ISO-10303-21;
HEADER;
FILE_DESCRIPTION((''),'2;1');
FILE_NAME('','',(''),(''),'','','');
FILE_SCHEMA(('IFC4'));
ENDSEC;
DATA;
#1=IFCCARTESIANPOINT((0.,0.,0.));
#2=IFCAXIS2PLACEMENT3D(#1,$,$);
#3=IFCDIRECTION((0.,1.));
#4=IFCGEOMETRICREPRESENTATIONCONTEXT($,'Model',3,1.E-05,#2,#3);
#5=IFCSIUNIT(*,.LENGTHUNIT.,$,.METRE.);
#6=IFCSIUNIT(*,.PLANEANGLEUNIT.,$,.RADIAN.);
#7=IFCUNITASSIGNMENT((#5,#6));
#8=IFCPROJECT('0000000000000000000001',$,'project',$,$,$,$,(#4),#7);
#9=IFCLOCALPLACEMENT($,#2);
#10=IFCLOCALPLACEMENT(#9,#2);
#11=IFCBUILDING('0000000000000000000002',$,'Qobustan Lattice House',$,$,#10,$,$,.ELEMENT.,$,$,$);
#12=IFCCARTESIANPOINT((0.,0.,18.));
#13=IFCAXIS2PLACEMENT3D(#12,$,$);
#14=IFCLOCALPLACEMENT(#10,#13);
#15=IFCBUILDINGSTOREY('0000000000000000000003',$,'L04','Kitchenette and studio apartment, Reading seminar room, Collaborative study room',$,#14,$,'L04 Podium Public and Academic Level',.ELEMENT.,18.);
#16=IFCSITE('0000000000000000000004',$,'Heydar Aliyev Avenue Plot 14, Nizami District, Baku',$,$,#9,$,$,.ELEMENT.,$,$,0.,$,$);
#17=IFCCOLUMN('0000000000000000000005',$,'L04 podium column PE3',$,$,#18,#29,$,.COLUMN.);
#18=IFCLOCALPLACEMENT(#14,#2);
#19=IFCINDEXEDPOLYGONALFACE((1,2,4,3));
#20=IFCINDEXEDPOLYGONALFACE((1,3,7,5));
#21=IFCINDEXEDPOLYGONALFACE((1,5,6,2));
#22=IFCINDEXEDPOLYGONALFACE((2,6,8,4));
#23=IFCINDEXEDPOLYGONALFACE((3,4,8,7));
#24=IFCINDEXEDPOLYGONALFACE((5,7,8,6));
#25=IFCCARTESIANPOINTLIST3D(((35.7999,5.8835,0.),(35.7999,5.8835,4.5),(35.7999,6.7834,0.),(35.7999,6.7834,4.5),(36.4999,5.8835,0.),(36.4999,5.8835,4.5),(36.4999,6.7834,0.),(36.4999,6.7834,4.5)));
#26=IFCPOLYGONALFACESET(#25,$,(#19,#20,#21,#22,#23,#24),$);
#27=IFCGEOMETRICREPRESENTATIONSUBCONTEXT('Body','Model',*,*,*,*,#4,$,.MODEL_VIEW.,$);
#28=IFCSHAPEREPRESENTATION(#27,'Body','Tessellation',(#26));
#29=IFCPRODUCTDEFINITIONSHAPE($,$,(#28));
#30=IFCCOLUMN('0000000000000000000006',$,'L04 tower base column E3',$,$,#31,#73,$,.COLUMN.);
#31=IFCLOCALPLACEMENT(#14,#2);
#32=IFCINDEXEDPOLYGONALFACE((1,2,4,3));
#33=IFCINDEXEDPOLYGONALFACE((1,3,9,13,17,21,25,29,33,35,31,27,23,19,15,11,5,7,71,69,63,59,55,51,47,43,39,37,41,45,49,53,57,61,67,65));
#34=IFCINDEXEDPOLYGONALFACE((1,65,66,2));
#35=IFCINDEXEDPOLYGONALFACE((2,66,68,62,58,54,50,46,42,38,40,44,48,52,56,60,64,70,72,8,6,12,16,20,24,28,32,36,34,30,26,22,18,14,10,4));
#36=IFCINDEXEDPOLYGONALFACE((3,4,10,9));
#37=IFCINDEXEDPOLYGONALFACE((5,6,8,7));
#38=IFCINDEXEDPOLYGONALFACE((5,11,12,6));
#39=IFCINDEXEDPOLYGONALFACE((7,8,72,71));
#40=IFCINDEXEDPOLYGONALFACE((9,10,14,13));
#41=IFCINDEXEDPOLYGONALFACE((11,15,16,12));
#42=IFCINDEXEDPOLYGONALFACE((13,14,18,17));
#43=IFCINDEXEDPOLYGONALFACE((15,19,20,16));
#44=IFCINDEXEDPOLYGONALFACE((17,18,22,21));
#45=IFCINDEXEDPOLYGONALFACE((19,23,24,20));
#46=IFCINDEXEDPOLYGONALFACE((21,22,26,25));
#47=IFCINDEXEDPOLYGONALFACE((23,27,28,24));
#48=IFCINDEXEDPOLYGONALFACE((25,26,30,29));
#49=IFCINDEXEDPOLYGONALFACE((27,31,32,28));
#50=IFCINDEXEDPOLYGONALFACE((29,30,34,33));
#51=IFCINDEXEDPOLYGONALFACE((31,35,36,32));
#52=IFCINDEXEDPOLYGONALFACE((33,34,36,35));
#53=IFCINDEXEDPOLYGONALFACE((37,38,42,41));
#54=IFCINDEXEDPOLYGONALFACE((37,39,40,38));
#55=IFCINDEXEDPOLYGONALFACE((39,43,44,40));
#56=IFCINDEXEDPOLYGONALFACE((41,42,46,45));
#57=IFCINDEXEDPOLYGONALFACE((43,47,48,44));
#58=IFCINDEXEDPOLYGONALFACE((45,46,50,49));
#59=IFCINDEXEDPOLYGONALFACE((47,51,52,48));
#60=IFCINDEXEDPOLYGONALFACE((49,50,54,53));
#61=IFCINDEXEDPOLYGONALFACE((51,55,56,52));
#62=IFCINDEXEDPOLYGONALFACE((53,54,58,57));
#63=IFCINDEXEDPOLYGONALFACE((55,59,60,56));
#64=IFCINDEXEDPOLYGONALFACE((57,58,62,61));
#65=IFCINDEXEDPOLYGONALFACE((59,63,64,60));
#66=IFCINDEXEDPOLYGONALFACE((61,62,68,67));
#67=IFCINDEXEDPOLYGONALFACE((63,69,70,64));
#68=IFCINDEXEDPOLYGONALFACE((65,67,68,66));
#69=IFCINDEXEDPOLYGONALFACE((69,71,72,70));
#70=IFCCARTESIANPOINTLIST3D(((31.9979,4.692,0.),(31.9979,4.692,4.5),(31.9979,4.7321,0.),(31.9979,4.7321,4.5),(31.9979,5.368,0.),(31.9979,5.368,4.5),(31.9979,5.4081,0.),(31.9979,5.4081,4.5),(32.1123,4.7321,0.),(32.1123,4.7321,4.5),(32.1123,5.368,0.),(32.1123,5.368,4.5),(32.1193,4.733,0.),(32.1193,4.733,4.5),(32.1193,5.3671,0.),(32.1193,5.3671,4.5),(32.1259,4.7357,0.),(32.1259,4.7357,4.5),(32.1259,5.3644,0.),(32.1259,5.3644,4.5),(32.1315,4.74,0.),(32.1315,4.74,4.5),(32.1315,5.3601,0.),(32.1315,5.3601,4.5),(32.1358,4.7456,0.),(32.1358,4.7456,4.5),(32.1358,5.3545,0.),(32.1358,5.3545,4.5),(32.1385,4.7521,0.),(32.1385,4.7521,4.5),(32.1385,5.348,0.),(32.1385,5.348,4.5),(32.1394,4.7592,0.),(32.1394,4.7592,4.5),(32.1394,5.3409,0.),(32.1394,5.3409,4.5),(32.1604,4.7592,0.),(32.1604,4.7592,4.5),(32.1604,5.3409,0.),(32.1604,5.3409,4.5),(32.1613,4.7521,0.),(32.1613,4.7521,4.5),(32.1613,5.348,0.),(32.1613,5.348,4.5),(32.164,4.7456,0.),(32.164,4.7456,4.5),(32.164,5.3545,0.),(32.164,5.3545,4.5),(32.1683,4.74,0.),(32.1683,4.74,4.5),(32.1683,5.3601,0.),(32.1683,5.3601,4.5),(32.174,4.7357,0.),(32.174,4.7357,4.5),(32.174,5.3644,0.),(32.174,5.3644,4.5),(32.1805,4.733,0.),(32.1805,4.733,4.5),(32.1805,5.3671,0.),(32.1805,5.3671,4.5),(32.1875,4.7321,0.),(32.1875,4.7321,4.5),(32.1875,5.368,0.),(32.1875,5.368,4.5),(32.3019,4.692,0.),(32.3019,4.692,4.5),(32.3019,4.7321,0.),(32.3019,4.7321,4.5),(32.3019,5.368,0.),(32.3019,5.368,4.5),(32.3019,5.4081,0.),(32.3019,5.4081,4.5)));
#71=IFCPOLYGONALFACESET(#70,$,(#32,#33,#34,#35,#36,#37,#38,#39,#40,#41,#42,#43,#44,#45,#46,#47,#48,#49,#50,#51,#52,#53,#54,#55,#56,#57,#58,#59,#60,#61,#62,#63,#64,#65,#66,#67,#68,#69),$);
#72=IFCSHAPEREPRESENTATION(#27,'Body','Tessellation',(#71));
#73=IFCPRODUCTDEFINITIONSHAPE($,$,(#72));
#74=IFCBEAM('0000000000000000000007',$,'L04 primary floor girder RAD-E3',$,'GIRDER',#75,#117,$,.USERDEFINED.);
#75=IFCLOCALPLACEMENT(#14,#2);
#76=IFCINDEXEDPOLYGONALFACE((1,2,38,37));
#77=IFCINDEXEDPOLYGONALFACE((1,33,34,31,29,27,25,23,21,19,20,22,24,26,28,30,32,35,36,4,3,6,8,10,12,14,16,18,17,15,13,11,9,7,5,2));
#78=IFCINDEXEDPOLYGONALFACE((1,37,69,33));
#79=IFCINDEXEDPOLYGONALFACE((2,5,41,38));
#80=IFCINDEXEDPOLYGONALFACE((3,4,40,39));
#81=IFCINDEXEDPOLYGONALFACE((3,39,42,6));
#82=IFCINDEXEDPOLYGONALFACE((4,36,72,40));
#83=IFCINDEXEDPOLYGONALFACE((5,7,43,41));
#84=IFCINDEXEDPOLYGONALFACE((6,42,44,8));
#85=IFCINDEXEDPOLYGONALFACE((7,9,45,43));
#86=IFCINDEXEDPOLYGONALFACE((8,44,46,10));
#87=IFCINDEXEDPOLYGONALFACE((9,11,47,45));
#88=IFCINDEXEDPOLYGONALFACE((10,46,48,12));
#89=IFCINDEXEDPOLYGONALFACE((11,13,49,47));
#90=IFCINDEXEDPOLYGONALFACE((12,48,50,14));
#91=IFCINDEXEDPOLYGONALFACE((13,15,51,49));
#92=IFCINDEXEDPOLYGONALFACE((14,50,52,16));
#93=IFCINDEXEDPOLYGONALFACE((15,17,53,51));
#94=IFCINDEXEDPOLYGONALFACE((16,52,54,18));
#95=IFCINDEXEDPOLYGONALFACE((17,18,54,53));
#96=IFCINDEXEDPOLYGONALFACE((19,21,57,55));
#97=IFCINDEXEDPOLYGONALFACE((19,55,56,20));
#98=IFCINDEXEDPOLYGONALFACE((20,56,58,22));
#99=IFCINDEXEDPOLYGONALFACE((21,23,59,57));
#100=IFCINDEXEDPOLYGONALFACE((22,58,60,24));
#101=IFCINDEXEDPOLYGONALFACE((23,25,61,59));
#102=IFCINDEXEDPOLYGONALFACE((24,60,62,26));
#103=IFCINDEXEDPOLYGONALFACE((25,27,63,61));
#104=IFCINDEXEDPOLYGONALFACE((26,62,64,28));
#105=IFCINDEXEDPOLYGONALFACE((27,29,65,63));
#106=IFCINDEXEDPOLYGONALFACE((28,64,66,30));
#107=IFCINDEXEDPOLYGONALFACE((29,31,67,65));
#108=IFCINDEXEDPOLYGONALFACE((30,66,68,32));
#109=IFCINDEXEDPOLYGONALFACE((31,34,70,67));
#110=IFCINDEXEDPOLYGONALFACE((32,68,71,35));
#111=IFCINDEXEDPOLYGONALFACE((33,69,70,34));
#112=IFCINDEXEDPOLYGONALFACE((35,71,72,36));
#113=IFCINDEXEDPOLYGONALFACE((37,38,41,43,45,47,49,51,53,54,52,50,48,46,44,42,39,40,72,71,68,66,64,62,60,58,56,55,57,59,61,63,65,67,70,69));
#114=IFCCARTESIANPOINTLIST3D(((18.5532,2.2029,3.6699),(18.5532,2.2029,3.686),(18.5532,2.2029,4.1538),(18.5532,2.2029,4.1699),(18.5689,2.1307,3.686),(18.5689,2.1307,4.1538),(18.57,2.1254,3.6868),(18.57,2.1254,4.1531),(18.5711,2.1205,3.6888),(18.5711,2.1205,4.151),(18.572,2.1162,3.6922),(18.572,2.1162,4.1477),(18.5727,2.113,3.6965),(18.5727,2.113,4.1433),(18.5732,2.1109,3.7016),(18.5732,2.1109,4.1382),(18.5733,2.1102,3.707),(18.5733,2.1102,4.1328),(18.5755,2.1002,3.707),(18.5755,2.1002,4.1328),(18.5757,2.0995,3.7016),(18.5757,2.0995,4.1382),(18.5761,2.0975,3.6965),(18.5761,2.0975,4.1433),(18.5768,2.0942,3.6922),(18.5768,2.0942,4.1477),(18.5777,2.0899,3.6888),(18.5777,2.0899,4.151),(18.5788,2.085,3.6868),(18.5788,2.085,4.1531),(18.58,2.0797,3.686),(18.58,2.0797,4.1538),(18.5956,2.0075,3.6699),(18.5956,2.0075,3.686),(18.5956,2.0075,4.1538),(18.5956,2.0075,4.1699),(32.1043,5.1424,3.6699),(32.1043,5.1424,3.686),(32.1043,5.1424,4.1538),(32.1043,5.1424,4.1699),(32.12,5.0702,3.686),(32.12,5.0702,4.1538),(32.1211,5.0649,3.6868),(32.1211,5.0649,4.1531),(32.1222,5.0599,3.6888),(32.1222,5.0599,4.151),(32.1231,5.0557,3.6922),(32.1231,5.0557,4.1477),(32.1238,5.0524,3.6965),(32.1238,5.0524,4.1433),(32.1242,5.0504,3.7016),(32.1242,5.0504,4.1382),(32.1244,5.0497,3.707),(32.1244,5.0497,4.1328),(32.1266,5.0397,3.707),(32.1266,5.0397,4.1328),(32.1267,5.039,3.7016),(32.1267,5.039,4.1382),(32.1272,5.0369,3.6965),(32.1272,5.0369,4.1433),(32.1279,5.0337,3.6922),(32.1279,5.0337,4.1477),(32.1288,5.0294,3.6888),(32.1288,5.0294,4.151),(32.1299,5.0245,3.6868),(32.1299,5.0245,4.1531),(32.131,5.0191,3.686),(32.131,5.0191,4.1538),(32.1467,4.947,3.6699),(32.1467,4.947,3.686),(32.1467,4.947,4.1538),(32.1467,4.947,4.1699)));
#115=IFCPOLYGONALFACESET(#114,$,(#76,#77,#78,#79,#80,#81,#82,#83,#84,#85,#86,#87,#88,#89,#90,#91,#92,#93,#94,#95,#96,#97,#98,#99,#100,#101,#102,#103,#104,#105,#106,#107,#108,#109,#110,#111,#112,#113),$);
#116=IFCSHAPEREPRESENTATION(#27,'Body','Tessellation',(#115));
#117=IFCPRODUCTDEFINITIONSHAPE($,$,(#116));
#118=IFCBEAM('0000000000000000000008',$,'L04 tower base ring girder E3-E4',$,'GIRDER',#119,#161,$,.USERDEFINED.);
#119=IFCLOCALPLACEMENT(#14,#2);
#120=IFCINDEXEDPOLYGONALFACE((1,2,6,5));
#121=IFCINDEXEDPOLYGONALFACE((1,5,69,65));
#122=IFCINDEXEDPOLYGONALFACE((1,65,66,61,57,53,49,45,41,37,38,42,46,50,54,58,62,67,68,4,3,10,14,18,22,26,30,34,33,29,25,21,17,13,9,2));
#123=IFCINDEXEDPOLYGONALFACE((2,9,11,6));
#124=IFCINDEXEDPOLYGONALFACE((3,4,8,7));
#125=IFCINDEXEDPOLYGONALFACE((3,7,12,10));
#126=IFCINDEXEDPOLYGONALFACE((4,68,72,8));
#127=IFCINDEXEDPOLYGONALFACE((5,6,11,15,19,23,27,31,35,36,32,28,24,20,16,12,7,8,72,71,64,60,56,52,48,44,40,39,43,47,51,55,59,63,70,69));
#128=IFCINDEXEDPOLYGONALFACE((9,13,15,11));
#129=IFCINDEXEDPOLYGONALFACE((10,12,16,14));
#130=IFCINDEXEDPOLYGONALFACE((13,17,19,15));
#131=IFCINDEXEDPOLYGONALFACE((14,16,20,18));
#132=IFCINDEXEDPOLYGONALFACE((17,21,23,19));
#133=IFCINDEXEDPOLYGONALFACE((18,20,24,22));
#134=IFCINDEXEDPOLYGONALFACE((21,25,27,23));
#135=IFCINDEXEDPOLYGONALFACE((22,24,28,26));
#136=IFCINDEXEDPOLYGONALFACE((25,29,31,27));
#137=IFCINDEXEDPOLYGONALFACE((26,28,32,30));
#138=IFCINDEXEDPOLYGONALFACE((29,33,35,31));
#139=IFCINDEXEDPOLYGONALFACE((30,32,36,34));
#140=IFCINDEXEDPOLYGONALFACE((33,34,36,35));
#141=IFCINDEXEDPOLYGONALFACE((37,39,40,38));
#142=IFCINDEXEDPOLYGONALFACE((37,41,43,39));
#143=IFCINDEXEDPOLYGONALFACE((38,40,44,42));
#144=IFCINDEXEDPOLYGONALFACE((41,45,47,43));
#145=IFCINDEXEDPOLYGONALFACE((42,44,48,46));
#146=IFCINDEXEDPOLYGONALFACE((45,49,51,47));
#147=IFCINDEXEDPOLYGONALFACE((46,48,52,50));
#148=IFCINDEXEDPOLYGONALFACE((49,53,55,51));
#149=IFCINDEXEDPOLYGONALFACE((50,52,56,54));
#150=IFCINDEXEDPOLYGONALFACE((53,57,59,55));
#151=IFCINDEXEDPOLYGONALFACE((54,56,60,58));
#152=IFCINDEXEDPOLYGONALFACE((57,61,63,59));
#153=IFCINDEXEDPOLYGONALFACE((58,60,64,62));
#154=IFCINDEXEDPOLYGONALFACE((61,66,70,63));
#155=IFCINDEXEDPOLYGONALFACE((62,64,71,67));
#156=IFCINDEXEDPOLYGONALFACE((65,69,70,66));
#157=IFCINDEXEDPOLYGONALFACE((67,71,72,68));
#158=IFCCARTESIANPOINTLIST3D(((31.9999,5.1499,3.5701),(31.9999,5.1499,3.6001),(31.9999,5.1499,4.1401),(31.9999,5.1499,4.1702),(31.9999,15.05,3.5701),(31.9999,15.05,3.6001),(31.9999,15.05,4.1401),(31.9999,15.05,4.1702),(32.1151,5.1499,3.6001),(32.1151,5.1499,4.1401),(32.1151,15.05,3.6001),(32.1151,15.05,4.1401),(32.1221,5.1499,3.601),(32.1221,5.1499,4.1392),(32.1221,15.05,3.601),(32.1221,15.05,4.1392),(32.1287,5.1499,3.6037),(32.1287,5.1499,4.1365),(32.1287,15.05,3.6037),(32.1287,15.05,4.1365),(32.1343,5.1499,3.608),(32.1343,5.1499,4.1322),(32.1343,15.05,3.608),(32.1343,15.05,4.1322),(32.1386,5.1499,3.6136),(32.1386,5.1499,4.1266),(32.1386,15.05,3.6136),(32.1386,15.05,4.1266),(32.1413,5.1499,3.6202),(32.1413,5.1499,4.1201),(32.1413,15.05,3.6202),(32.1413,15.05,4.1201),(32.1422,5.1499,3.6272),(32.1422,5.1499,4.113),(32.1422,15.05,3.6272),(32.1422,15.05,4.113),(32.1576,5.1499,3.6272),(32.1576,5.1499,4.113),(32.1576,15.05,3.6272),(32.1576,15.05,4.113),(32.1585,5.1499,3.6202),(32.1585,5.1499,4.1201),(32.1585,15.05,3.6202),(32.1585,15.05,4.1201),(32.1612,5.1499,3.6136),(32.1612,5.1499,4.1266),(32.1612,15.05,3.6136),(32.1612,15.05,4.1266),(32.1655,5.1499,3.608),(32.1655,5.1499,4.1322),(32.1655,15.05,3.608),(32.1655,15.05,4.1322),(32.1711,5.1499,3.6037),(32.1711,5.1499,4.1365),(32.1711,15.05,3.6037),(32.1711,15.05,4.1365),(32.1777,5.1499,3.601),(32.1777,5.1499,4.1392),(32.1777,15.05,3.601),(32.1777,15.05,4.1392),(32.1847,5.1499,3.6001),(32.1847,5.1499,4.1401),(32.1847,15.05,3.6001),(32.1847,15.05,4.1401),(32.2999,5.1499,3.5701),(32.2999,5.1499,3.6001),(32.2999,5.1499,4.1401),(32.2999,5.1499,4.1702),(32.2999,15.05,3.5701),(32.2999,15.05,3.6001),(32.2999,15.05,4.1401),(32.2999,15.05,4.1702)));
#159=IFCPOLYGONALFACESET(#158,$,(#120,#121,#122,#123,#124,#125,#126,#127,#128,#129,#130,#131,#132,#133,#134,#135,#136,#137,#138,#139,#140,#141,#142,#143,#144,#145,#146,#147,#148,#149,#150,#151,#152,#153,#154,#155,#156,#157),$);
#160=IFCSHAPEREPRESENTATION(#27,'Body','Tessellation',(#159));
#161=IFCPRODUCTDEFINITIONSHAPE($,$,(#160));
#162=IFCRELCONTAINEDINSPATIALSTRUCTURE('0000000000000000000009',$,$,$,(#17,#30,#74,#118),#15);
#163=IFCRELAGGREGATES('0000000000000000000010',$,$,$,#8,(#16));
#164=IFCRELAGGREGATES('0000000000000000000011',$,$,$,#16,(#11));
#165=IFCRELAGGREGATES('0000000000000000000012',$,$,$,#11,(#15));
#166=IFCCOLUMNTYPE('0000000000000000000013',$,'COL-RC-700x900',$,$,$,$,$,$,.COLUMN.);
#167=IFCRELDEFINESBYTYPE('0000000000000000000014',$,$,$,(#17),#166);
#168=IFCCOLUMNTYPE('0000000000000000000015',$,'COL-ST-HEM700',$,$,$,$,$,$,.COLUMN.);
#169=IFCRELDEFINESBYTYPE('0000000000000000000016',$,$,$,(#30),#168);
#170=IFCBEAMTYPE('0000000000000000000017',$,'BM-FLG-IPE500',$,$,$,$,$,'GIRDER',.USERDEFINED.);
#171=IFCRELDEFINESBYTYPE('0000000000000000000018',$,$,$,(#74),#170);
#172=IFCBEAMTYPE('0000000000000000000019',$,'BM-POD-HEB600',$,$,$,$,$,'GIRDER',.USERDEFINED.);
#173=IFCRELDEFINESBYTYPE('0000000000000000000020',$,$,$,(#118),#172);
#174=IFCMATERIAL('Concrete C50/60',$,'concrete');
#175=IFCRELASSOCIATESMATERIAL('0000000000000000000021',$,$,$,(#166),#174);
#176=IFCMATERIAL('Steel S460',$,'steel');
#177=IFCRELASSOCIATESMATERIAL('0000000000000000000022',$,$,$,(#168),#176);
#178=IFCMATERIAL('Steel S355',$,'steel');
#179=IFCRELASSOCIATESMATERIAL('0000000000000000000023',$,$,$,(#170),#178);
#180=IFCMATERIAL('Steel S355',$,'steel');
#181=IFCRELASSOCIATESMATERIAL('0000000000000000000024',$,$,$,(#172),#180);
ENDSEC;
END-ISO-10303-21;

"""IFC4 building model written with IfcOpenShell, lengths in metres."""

from ifc_helpers import new_model, si_unit, direction, frame, origin, origin_2d, place, context, subcontext, project, spatial, rectangle, i_section, extrude, material, material_profile, profile_set, type_object, element, save


model = new_model("IFC4")

# Units and contexts
model_context = context("Model", 3, precision=1e-05, world=origin(), true_north=direction((0.0, 1.0)))
body_context = subcontext(model_context, "Body", "Model", "MODEL_VIEW")
ifc_project = project(units=[si_unit("LENGTHUNIT", "METRE"), si_unit("PLANEANGLEUNIT", "RADIAN")], contexts=[model_context])

# Site, building, storey
site_placement = place(None, origin())
site = spatial("IfcSite", under=ifc_project, at=site_placement, Name="Heydar Aliyev Avenue Plot 14, Nizami District, Baku", CompositionType="ELEMENT", RefElevation=0.0)
building_placement = place(site_placement, origin())
building = spatial("IfcBuilding", under=site, at=building_placement, Name="Qobustan Lattice House", CompositionType="ELEMENT")
storey_placement = place(building_placement, frame((0.0, 0.0, 18.0)))
storey = spatial("IfcBuildingStorey", under=building, at=storey_placement, Name="L04", Description="Kitchenette and studio apartment, Reading seminar room, Collaborative study room", LongName="L04 Podium Public and Academic Level", CompositionType="ELEMENT", Elevation=18.0)

# Columns
ifc_material_1 = material(Name="Concrete C50/60", Category="concrete")
ifc_material_profile_1 = material_profile(ifc_material_1, rectangle(XDim=0.7, YDim=0.8999, at=origin_2d()), Name="RC700x900")
ifc_profile_set_1 = profile_set([ifc_material_profile_1], Name="Concrete C50/60")
column_type_1 = type_object("IfcColumnType", Name="COL-RC-700x900", PredefinedType="COLUMN", material=ifc_profile_set_1)
column_1_placement = place(storey_placement, frame((36.1499, 6.3335, 0.0), z_axis=(0.0, 0.0, 1.0), x_axis=(1.0, 0.0, 0.0)))
element("IfcColumn", 1, at=column_1_placement, inside=storey, type_object=column_type_1, Name="L04 podium column PE3", PredefinedType="COLUMN", context=body_context, shape_type="SweptSolid", body=[
    extrude(rectangle(XDim=0.7, YDim=0.8999, at=origin_2d()), origin(), (0.0, 0.0, 1.0), 4.5),
])
ifc_material_2 = material(Name="Steel S460", Category="steel")
ifc_material_profile_2 = material_profile(ifc_material_2, i_section(OverallWidth=0.304, OverallDepth=0.7161, WebThickness=0.021, FlangeThickness=0.04, FilletRadius=0.0271, at=origin_2d()), Name="HEM700")
ifc_profile_set_2 = profile_set([ifc_material_profile_2], Name="Steel S460")
column_type_2 = type_object("IfcColumnType", Name="COL-ST-HEM700", PredefinedType="COLUMN", material=ifc_profile_set_2)
column_2_placement = place(storey_placement, frame((32.1499, 5.05, 0.0), z_axis=(0.0, 0.0, 1.0), x_axis=(1.0, 0.0, 0.0)))
element("IfcColumn", 2, at=column_2_placement, inside=storey, type_object=column_type_2, Name="L04 tower base column E3", PredefinedType="COLUMN", context=body_context, shape_type="SweptSolid", body=[
    extrude(i_section(OverallWidth=0.304, OverallDepth=0.7161, WebThickness=0.021, FlangeThickness=0.04, FilletRadius=0.0271, at=origin_2d()), origin(), (0.0, 0.0, 1.0), 4.5),
])

# Beams
ifc_material_3 = material(Name="Steel S355", Category="steel")
ifc_material_profile_3 = material_profile(ifc_material_3, i_section(OverallWidth=0.2, OverallDepth=0.5, WebThickness=0.0103, FlangeThickness=0.0161, FilletRadius=0.021, at=origin_2d()), Name="IPE500")
ifc_profile_set_3 = profile_set([ifc_material_profile_3], Name="Steel S355")
beam_type_1 = type_object("IfcBeamType", Name="BM-FLG-IPE500", ElementType="GIRDER", PredefinedType="USERDEFINED", material=ifc_profile_set_3)
beam_1_placement = place(storey_placement, frame((32.1255, 5.0447, 3.9199), z_axis=(-0.977272, -0.211987, 0.0), x_axis=(0.211987, -0.977272, 0.0)))
element("IfcBeam", 3, at=beam_1_placement, inside=storey, type_object=beam_type_1, Name="L04 primary floor girder RAD-E3", ObjectType="GIRDER", PredefinedType="USERDEFINED", context=body_context, shape_type="SweptSolid", body=[
    extrude(i_section(OverallWidth=0.2, OverallDepth=0.5, WebThickness=0.0103, FlangeThickness=0.0161, FilletRadius=0.021, at=origin_2d()), origin(), (0.0, 0.0, 1.0), 13.8662),
])
ifc_material_4 = material(Name="Steel S355", Category="steel")
ifc_material_profile_4 = material_profile(ifc_material_4, i_section(OverallWidth=0.3, OverallDepth=0.6001, WebThickness=0.0154, FlangeThickness=0.03, FilletRadius=0.0271, at=origin_2d()), Name="HEB600")
ifc_profile_set_4 = profile_set([ifc_material_profile_4], Name="Steel S355")
beam_type_2 = type_object("IfcBeamType", Name="BM-POD-HEB600", ElementType="GIRDER", PredefinedType="USERDEFINED", material=ifc_profile_set_4)
beam_2_placement = place(storey_placement, frame((32.1499, 5.1499, 3.8701), z_axis=(0.0, 1.0, 0.0), x_axis=(-1.0, 0.0, 0.0)))
element("IfcBeam", 4, at=beam_2_placement, inside=storey, type_object=beam_type_2, Name="L04 tower base ring girder E3-E4", ObjectType="GIRDER", PredefinedType="USERDEFINED", context=body_context, shape_type="SweptSolid", body=[
    extrude(i_section(OverallWidth=0.3, OverallDepth=0.6001, WebThickness=0.0154, FlangeThickness=0.03, FilletRadius=0.0271, at=origin_2d()), origin(), (0.0, 0.0, 1.0), 9.9001),
])

save(model, "model.ifc")
